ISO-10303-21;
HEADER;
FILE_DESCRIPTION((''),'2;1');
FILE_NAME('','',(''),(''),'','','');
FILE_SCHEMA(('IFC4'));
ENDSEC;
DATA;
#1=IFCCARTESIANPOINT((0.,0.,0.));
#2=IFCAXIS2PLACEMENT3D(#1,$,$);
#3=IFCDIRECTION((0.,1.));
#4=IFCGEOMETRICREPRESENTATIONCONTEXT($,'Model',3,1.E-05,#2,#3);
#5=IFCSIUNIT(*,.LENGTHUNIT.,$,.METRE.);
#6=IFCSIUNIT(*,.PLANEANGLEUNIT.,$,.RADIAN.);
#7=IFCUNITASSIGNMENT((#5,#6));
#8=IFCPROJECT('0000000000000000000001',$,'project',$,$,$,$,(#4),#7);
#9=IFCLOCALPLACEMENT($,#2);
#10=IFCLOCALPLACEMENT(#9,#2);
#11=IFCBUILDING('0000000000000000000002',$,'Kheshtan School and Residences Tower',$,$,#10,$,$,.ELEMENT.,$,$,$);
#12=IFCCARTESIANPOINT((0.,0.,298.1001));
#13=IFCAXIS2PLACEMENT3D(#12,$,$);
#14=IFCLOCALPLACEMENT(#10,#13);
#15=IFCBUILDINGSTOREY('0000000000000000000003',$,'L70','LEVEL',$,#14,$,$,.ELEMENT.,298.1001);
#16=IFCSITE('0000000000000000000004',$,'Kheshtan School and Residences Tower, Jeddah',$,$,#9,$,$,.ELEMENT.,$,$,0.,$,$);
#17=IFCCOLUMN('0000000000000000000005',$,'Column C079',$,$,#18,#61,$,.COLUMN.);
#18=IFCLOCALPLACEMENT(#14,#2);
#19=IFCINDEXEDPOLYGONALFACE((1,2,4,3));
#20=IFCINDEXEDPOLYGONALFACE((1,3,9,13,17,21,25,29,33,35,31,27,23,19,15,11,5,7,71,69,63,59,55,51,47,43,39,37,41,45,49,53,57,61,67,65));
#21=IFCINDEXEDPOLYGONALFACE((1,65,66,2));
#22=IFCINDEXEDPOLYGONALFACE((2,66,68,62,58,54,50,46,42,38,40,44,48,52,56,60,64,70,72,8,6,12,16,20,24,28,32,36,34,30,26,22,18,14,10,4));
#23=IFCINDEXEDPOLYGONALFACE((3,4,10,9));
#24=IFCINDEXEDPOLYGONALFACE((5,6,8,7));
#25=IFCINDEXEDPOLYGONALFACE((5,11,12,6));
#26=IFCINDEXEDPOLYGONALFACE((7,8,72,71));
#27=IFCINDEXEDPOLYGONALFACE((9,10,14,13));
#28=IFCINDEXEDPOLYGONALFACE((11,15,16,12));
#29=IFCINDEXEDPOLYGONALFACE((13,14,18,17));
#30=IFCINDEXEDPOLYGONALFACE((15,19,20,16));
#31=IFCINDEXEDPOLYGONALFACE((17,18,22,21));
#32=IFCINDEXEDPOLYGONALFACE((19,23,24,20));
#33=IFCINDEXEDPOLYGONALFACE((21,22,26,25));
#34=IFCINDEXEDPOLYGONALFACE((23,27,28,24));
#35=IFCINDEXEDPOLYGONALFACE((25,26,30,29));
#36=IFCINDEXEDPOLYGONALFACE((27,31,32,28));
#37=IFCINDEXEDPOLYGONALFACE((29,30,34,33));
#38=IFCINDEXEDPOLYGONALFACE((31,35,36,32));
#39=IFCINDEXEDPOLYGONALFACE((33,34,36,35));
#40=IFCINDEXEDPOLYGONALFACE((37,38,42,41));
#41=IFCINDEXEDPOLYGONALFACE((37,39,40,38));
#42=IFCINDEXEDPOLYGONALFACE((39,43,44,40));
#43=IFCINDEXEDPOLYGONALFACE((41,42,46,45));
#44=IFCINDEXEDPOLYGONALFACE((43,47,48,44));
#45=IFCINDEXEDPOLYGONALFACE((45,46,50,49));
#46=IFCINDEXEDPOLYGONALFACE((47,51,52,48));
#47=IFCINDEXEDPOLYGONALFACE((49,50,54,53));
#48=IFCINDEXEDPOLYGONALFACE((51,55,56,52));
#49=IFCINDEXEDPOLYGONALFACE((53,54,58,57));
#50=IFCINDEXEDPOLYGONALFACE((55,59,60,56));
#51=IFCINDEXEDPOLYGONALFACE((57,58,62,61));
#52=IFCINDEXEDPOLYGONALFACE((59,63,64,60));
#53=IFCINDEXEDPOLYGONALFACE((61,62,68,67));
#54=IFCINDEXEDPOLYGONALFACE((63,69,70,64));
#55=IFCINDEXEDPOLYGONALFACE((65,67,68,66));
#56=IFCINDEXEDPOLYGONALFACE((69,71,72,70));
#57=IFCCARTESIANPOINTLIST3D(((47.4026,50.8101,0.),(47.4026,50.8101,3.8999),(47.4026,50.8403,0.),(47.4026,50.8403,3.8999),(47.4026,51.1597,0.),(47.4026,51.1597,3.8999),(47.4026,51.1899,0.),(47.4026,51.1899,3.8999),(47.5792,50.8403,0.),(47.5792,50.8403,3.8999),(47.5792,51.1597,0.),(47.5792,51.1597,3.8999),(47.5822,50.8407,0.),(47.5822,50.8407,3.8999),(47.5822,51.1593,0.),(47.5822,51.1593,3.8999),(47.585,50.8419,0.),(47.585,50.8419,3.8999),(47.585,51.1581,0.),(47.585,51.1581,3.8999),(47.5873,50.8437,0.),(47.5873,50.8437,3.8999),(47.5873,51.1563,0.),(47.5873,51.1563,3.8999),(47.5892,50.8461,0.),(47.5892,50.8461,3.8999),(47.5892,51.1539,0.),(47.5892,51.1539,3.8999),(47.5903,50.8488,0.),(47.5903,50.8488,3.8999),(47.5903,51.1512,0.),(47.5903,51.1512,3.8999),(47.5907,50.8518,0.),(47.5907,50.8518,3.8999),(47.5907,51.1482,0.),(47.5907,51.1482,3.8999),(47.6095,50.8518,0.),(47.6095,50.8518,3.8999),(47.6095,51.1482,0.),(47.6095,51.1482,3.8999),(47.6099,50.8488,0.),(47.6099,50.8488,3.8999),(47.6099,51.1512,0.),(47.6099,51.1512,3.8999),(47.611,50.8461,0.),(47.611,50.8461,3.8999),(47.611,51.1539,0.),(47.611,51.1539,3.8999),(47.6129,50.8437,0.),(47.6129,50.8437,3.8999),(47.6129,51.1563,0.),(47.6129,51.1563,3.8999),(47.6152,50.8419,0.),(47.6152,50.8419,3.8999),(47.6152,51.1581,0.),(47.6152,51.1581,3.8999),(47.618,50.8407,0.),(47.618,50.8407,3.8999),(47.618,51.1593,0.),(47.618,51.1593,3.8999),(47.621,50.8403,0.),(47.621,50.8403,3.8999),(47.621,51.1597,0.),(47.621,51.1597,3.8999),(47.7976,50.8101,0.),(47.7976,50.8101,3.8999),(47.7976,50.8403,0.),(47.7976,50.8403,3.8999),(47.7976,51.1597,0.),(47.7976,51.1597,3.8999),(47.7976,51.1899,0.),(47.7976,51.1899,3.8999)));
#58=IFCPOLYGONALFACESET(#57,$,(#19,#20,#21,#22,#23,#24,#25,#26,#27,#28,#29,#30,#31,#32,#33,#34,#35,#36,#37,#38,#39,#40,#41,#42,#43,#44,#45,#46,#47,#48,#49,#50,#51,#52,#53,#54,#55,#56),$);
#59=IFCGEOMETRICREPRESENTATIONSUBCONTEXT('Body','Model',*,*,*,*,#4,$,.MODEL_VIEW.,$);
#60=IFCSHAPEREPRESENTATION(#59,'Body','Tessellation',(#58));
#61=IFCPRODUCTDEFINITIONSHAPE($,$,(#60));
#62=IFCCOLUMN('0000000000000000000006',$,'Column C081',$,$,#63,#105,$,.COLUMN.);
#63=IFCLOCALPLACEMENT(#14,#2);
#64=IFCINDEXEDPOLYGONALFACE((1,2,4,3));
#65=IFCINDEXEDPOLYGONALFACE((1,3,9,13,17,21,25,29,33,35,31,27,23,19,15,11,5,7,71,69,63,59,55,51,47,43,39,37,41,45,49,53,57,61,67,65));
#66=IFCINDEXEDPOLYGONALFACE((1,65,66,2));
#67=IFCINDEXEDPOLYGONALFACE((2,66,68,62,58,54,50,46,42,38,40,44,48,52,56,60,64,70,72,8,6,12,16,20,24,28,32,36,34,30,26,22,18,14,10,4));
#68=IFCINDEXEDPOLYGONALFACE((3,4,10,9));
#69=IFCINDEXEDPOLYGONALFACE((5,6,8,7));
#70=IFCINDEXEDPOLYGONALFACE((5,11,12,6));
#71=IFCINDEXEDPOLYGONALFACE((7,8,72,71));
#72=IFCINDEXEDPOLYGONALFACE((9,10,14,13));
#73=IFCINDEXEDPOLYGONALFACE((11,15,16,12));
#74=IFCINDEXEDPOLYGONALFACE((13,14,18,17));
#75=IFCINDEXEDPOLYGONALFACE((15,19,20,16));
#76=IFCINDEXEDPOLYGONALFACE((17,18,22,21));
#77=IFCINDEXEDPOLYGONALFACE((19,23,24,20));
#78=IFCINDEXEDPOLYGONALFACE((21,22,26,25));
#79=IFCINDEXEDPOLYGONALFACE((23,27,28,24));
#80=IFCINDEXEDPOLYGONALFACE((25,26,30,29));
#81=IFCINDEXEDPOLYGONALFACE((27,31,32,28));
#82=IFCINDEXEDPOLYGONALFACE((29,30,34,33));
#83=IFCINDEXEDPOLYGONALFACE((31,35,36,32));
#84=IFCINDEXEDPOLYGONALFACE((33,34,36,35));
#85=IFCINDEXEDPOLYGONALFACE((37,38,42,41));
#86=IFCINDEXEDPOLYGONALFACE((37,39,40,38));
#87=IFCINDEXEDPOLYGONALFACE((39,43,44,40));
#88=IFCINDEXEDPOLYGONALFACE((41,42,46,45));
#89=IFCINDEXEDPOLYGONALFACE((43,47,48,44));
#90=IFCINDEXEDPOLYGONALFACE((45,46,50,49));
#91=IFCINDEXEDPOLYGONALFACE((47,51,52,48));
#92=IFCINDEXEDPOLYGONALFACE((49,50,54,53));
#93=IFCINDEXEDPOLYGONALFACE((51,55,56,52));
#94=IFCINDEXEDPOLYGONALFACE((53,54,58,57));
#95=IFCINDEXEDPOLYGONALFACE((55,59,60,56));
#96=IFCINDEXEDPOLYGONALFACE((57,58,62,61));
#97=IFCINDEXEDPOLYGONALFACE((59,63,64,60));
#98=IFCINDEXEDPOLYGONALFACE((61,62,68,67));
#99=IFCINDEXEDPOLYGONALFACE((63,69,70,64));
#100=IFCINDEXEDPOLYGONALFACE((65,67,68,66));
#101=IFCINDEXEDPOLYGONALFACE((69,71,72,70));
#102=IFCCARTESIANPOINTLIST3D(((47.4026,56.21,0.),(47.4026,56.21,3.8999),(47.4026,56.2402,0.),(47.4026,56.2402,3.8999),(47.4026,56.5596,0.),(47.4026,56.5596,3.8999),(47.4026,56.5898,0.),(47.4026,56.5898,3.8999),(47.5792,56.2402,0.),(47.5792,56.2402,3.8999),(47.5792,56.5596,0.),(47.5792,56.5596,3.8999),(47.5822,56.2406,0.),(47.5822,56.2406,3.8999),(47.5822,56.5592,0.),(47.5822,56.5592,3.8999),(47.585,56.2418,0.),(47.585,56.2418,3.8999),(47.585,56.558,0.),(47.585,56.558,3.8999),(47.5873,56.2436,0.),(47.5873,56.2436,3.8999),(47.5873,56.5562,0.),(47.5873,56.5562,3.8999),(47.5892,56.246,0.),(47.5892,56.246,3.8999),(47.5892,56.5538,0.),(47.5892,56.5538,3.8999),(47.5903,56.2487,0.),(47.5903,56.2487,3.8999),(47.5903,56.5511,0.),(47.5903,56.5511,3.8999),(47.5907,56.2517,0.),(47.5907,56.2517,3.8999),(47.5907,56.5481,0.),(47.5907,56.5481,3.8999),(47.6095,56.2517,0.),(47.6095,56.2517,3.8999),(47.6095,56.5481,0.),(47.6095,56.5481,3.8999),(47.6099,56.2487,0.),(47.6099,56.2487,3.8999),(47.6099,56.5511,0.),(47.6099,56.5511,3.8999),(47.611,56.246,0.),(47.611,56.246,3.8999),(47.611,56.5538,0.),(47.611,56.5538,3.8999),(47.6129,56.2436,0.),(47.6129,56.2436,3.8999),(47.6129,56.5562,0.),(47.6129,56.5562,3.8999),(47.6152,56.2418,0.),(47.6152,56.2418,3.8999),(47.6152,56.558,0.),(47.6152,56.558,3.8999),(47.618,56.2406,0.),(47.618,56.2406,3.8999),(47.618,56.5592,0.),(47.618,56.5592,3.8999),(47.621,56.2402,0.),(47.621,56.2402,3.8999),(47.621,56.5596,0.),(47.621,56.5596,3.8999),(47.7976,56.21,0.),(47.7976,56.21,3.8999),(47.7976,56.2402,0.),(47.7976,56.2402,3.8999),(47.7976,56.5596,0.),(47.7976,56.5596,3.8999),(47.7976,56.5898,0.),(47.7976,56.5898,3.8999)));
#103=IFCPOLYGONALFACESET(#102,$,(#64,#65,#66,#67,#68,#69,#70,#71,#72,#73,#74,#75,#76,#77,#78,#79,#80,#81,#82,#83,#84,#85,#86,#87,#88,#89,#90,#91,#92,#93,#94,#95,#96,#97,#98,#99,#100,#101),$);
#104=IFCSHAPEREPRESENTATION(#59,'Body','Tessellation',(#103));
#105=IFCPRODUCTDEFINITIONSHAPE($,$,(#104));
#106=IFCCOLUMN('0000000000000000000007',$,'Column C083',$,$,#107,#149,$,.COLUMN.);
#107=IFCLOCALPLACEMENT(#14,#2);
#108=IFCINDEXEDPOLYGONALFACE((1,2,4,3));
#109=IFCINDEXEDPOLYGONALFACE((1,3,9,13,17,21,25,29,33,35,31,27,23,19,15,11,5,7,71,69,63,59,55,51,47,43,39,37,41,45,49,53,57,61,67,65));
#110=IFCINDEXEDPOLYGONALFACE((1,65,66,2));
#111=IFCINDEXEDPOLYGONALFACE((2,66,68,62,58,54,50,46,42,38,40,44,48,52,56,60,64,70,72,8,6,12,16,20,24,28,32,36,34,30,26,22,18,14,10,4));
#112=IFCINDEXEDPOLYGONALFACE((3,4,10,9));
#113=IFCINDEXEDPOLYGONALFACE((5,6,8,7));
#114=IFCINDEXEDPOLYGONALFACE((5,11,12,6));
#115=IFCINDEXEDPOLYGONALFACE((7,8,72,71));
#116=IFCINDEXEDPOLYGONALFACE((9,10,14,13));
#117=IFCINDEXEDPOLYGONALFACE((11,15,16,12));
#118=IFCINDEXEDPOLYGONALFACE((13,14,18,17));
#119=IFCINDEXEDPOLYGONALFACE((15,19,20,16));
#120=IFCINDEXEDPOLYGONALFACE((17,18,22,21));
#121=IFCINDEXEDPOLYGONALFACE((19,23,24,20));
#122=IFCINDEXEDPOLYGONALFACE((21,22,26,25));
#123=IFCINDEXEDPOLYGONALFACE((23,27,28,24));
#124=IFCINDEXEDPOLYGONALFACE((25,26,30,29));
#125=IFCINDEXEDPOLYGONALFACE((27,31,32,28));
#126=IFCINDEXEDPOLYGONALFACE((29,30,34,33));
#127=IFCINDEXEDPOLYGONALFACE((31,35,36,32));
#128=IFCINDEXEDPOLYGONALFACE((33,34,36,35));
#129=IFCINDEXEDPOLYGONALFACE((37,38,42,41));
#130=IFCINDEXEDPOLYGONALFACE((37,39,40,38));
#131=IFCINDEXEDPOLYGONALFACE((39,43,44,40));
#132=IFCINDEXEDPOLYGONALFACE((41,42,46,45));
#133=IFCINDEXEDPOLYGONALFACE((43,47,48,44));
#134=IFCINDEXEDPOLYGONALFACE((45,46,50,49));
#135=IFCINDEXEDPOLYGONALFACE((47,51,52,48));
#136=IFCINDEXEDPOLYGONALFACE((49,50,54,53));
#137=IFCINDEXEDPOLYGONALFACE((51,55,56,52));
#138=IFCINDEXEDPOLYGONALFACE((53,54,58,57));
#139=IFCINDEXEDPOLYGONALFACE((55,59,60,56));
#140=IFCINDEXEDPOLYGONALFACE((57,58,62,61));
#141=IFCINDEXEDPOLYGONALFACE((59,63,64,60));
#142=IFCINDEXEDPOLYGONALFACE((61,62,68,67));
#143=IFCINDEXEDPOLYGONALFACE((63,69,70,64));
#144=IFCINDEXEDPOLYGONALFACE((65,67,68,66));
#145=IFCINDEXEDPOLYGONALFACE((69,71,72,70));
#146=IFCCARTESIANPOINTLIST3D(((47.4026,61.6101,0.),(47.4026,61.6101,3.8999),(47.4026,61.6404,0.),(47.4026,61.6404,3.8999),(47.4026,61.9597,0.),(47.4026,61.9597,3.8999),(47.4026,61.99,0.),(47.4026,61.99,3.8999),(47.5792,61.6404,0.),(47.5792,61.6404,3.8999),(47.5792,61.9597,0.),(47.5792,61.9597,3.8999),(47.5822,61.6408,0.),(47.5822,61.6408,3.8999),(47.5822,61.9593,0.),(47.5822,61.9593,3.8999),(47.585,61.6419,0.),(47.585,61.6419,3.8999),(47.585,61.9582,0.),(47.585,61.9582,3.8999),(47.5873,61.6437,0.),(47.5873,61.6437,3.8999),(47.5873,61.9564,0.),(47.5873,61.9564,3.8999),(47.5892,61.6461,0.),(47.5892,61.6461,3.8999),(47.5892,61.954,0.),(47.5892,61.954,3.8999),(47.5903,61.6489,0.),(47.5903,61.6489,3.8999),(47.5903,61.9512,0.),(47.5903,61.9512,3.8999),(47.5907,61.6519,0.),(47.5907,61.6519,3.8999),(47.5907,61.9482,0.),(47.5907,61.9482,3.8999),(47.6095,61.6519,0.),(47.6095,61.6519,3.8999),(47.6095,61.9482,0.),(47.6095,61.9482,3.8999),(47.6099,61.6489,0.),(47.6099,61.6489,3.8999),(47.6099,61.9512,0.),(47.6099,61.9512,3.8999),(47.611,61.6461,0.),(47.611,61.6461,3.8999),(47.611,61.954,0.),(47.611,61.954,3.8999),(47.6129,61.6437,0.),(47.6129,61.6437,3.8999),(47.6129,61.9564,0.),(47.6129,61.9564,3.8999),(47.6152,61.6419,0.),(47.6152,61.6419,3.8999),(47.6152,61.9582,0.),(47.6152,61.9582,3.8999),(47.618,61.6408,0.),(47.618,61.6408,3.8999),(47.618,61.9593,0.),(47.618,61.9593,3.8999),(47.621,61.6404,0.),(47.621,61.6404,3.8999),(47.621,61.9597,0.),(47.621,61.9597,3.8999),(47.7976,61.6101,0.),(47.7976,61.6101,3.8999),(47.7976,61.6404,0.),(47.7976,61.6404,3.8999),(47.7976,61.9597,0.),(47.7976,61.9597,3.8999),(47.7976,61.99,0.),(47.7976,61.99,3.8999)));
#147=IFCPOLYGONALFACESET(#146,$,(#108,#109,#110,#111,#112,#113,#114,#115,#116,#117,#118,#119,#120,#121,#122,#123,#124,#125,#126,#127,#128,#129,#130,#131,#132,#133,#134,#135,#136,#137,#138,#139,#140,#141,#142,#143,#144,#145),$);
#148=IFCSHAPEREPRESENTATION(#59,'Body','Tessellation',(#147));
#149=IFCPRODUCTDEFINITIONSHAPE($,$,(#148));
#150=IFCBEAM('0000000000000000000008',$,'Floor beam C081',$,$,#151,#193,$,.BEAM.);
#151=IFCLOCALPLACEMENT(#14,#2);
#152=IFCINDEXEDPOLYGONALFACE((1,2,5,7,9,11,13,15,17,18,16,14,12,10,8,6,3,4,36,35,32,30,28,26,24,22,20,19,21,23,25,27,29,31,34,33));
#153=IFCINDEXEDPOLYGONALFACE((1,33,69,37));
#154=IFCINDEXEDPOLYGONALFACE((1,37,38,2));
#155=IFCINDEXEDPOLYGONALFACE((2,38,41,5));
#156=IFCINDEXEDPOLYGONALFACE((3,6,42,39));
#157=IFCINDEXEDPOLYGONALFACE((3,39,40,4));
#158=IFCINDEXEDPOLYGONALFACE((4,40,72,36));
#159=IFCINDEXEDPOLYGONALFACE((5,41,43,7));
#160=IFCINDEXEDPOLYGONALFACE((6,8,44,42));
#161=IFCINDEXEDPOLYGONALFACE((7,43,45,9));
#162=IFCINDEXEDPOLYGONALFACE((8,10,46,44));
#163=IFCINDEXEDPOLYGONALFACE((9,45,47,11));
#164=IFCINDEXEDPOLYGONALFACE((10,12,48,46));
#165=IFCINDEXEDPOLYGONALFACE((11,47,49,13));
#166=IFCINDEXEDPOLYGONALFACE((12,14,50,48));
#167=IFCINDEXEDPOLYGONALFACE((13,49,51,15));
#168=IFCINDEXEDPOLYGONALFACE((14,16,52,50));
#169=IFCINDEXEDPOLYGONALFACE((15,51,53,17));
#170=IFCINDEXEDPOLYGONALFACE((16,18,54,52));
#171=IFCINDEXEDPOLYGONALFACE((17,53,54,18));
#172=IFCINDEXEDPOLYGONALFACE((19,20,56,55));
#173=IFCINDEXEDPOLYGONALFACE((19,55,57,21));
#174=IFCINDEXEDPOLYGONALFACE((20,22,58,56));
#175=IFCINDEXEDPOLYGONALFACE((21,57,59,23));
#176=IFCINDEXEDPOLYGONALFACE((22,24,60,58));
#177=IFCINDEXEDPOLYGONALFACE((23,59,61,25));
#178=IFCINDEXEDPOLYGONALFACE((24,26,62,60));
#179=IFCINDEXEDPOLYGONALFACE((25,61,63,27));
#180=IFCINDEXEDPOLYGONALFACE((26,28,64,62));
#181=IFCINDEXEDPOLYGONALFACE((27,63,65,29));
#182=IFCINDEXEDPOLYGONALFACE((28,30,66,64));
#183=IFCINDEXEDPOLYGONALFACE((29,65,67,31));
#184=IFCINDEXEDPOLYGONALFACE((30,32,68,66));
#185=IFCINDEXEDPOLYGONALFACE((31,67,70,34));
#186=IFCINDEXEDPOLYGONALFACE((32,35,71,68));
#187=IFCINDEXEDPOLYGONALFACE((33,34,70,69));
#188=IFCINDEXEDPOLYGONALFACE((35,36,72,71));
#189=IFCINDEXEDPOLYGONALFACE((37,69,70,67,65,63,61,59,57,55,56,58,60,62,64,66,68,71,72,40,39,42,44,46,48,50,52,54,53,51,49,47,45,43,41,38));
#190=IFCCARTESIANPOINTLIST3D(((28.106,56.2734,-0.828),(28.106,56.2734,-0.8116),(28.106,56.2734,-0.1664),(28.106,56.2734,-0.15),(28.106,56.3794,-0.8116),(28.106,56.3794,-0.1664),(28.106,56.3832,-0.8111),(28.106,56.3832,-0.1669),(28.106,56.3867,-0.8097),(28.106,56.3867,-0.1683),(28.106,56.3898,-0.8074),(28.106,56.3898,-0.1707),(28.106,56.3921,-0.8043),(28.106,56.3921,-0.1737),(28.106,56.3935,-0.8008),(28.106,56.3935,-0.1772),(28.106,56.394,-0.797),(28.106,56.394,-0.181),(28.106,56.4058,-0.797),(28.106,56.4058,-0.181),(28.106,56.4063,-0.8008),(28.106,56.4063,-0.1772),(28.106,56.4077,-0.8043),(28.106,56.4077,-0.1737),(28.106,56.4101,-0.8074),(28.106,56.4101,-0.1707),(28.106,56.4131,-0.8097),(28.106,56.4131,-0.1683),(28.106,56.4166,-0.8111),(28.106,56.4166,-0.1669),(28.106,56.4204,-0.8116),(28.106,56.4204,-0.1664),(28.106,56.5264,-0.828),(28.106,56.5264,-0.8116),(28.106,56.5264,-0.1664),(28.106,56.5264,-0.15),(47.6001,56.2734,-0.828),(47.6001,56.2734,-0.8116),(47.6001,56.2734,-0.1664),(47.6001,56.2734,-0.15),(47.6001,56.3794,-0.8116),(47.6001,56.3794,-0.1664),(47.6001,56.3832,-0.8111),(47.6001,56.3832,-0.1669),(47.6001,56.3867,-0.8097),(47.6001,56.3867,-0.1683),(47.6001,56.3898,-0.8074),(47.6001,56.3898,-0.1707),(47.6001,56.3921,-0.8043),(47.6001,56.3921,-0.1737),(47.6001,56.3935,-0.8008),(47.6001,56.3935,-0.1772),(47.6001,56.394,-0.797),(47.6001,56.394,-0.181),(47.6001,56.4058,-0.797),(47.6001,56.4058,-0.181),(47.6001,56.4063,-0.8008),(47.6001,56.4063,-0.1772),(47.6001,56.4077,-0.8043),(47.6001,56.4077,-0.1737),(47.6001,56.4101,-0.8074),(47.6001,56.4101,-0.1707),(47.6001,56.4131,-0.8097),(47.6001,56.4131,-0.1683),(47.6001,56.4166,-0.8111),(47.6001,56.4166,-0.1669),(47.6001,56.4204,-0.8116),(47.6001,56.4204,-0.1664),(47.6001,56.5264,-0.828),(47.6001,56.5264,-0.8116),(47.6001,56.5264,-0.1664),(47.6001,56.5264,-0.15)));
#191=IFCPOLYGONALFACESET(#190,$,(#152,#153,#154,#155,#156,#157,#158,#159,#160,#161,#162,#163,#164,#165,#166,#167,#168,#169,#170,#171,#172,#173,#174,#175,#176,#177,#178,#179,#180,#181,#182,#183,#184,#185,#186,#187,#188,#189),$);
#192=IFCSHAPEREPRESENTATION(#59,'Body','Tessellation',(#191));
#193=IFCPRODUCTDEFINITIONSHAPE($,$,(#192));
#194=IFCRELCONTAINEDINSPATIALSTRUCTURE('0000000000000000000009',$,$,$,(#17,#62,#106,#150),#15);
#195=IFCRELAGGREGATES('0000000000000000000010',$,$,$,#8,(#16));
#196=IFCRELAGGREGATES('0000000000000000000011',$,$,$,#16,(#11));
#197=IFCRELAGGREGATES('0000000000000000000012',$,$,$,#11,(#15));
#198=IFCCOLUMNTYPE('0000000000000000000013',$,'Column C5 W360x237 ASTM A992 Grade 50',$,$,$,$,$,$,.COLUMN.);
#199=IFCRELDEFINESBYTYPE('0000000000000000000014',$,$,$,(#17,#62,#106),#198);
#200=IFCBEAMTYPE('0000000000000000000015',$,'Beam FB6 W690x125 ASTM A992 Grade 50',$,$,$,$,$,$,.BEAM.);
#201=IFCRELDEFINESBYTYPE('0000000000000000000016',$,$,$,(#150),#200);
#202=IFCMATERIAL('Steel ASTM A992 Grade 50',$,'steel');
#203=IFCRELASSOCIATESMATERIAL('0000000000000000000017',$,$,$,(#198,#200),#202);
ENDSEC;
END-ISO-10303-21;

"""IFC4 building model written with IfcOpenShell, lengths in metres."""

from ifc_helpers import new_model, si_unit, direction, frame, origin, origin_2d, place, context, subcontext, project, spatial, i_section, extrude, material, material_profile, profile_set, type_object, element, save


model = new_model("IFC4")

# Units and contexts
model_context = context("Model", 3, precision=1e-05, world=origin(), true_north=direction((0.0, 1.0)))
body_context = subcontext(model_context, "Body", "Model", "MODEL_VIEW")
ifc_project = project(units=[si_unit("LENGTHUNIT", "METRE"), si_unit("PLANEANGLEUNIT", "RADIAN")], contexts=[model_context])

# Site, building, storey
site_placement = place(None, origin())
site = spatial("IfcSite", under=ifc_project, at=site_placement, Name="Kheshtan School and Residences Tower, Jeddah", CompositionType="ELEMENT", RefElevation=0.0)
building_placement = place(site_placement, origin())
building = spatial("IfcBuilding", under=site, at=building_placement, Name="Kheshtan School and Residences Tower", CompositionType="ELEMENT")
storey_placement = place(building_placement, frame((0.0, 0.0, 298.1001)))
storey = spatial("IfcBuildingStorey", under=building, at=storey_placement, Name="L70", Description="LEVEL", CompositionType="ELEMENT", Elevation=298.1001)

# Columns
ifc_material_1 = material(Name="Steel ASTM A992 Grade 50", Category="steel")
ifc_material_profile_1 = material_profile(ifc_material_1, i_section(OverallWidth=0.395, OverallDepth=0.3799, WebThickness=0.0188, FlangeThickness=0.0303, FilletRadius=0.0115, at=origin_2d()), Name="W360x237")
ifc_profile_set_1 = profile_set([ifc_material_profile_1], Name="Steel ASTM A992 Grade 50")
column_type = type_object("IfcColumnType", Name="Column C5 W360x237 ASTM A992 Grade 50", PredefinedType="COLUMN", material=ifc_profile_set_1)
for number, where, z_axis, x_axis, name in (
    (1, (47.6001, 51.0, 0.0), (0.0, 0.0, 1.0), (1.0, 0.0, 0.0), "Column C079"),
    (2, (47.6001, 56.3999, 0.0), (0.0, 0.0, 1.0), (1.0, 0.0, 0.0), "Column C081"),
    (3, (47.6001, 61.8, 0.0), (0.0, 0.0, 1.0), (1.0, 0.0, 0.0), "Column C083"),
):
    element("IfcColumn", number, at=place(storey_placement, frame(where, z_axis=z_axis, x_axis=x_axis)), inside=storey, type_object=column_type, Name=name, PredefinedType="COLUMN", context=body_context, shape_type="SweptSolid", body=[
        extrude(i_section(OverallWidth=0.395, OverallDepth=0.3799, WebThickness=0.0188, FlangeThickness=0.0303, FilletRadius=0.0115, at=origin_2d()), origin(), (0.0, 0.0, 1.0), 3.8999),
    ])

# Beam
ifc_material_profile_2 = material_profile(ifc_material_1, i_section(OverallWidth=0.2529, OverallDepth=0.678, WebThickness=0.0117, FlangeThickness=0.0164, FilletRadius=0.0146, at=origin_2d()), Name="W690x125")
ifc_profile_set_2 = profile_set([ifc_material_profile_2], Name="Steel ASTM A992 Grade 50")
beam_type_1 = type_object("IfcBeamType", Name="Beam FB6 W690x125 ASTM A992 Grade 50", PredefinedType="BEAM", material=ifc_profile_set_2)
beam_1_placement = place(storey_placement, frame((47.6001, 56.3999, -0.489), z_axis=(-1.0, 0.0, 0.0), x_axis=(0.0, -1.0, 0.0)))
element("IfcBeam", 4, at=beam_1_placement, inside=storey, type_object=beam_type_1, Name="Floor beam C081", PredefinedType="BEAM", context=body_context, shape_type="SweptSolid", body=[
    extrude(i_section(OverallWidth=0.2529, OverallDepth=0.678, WebThickness=0.0117, FlangeThickness=0.0164, FilletRadius=0.0146, at=origin_2d()), origin(), (0.0, 0.0, 1.0), 19.4941),
])

save(model, "model.ifc")
